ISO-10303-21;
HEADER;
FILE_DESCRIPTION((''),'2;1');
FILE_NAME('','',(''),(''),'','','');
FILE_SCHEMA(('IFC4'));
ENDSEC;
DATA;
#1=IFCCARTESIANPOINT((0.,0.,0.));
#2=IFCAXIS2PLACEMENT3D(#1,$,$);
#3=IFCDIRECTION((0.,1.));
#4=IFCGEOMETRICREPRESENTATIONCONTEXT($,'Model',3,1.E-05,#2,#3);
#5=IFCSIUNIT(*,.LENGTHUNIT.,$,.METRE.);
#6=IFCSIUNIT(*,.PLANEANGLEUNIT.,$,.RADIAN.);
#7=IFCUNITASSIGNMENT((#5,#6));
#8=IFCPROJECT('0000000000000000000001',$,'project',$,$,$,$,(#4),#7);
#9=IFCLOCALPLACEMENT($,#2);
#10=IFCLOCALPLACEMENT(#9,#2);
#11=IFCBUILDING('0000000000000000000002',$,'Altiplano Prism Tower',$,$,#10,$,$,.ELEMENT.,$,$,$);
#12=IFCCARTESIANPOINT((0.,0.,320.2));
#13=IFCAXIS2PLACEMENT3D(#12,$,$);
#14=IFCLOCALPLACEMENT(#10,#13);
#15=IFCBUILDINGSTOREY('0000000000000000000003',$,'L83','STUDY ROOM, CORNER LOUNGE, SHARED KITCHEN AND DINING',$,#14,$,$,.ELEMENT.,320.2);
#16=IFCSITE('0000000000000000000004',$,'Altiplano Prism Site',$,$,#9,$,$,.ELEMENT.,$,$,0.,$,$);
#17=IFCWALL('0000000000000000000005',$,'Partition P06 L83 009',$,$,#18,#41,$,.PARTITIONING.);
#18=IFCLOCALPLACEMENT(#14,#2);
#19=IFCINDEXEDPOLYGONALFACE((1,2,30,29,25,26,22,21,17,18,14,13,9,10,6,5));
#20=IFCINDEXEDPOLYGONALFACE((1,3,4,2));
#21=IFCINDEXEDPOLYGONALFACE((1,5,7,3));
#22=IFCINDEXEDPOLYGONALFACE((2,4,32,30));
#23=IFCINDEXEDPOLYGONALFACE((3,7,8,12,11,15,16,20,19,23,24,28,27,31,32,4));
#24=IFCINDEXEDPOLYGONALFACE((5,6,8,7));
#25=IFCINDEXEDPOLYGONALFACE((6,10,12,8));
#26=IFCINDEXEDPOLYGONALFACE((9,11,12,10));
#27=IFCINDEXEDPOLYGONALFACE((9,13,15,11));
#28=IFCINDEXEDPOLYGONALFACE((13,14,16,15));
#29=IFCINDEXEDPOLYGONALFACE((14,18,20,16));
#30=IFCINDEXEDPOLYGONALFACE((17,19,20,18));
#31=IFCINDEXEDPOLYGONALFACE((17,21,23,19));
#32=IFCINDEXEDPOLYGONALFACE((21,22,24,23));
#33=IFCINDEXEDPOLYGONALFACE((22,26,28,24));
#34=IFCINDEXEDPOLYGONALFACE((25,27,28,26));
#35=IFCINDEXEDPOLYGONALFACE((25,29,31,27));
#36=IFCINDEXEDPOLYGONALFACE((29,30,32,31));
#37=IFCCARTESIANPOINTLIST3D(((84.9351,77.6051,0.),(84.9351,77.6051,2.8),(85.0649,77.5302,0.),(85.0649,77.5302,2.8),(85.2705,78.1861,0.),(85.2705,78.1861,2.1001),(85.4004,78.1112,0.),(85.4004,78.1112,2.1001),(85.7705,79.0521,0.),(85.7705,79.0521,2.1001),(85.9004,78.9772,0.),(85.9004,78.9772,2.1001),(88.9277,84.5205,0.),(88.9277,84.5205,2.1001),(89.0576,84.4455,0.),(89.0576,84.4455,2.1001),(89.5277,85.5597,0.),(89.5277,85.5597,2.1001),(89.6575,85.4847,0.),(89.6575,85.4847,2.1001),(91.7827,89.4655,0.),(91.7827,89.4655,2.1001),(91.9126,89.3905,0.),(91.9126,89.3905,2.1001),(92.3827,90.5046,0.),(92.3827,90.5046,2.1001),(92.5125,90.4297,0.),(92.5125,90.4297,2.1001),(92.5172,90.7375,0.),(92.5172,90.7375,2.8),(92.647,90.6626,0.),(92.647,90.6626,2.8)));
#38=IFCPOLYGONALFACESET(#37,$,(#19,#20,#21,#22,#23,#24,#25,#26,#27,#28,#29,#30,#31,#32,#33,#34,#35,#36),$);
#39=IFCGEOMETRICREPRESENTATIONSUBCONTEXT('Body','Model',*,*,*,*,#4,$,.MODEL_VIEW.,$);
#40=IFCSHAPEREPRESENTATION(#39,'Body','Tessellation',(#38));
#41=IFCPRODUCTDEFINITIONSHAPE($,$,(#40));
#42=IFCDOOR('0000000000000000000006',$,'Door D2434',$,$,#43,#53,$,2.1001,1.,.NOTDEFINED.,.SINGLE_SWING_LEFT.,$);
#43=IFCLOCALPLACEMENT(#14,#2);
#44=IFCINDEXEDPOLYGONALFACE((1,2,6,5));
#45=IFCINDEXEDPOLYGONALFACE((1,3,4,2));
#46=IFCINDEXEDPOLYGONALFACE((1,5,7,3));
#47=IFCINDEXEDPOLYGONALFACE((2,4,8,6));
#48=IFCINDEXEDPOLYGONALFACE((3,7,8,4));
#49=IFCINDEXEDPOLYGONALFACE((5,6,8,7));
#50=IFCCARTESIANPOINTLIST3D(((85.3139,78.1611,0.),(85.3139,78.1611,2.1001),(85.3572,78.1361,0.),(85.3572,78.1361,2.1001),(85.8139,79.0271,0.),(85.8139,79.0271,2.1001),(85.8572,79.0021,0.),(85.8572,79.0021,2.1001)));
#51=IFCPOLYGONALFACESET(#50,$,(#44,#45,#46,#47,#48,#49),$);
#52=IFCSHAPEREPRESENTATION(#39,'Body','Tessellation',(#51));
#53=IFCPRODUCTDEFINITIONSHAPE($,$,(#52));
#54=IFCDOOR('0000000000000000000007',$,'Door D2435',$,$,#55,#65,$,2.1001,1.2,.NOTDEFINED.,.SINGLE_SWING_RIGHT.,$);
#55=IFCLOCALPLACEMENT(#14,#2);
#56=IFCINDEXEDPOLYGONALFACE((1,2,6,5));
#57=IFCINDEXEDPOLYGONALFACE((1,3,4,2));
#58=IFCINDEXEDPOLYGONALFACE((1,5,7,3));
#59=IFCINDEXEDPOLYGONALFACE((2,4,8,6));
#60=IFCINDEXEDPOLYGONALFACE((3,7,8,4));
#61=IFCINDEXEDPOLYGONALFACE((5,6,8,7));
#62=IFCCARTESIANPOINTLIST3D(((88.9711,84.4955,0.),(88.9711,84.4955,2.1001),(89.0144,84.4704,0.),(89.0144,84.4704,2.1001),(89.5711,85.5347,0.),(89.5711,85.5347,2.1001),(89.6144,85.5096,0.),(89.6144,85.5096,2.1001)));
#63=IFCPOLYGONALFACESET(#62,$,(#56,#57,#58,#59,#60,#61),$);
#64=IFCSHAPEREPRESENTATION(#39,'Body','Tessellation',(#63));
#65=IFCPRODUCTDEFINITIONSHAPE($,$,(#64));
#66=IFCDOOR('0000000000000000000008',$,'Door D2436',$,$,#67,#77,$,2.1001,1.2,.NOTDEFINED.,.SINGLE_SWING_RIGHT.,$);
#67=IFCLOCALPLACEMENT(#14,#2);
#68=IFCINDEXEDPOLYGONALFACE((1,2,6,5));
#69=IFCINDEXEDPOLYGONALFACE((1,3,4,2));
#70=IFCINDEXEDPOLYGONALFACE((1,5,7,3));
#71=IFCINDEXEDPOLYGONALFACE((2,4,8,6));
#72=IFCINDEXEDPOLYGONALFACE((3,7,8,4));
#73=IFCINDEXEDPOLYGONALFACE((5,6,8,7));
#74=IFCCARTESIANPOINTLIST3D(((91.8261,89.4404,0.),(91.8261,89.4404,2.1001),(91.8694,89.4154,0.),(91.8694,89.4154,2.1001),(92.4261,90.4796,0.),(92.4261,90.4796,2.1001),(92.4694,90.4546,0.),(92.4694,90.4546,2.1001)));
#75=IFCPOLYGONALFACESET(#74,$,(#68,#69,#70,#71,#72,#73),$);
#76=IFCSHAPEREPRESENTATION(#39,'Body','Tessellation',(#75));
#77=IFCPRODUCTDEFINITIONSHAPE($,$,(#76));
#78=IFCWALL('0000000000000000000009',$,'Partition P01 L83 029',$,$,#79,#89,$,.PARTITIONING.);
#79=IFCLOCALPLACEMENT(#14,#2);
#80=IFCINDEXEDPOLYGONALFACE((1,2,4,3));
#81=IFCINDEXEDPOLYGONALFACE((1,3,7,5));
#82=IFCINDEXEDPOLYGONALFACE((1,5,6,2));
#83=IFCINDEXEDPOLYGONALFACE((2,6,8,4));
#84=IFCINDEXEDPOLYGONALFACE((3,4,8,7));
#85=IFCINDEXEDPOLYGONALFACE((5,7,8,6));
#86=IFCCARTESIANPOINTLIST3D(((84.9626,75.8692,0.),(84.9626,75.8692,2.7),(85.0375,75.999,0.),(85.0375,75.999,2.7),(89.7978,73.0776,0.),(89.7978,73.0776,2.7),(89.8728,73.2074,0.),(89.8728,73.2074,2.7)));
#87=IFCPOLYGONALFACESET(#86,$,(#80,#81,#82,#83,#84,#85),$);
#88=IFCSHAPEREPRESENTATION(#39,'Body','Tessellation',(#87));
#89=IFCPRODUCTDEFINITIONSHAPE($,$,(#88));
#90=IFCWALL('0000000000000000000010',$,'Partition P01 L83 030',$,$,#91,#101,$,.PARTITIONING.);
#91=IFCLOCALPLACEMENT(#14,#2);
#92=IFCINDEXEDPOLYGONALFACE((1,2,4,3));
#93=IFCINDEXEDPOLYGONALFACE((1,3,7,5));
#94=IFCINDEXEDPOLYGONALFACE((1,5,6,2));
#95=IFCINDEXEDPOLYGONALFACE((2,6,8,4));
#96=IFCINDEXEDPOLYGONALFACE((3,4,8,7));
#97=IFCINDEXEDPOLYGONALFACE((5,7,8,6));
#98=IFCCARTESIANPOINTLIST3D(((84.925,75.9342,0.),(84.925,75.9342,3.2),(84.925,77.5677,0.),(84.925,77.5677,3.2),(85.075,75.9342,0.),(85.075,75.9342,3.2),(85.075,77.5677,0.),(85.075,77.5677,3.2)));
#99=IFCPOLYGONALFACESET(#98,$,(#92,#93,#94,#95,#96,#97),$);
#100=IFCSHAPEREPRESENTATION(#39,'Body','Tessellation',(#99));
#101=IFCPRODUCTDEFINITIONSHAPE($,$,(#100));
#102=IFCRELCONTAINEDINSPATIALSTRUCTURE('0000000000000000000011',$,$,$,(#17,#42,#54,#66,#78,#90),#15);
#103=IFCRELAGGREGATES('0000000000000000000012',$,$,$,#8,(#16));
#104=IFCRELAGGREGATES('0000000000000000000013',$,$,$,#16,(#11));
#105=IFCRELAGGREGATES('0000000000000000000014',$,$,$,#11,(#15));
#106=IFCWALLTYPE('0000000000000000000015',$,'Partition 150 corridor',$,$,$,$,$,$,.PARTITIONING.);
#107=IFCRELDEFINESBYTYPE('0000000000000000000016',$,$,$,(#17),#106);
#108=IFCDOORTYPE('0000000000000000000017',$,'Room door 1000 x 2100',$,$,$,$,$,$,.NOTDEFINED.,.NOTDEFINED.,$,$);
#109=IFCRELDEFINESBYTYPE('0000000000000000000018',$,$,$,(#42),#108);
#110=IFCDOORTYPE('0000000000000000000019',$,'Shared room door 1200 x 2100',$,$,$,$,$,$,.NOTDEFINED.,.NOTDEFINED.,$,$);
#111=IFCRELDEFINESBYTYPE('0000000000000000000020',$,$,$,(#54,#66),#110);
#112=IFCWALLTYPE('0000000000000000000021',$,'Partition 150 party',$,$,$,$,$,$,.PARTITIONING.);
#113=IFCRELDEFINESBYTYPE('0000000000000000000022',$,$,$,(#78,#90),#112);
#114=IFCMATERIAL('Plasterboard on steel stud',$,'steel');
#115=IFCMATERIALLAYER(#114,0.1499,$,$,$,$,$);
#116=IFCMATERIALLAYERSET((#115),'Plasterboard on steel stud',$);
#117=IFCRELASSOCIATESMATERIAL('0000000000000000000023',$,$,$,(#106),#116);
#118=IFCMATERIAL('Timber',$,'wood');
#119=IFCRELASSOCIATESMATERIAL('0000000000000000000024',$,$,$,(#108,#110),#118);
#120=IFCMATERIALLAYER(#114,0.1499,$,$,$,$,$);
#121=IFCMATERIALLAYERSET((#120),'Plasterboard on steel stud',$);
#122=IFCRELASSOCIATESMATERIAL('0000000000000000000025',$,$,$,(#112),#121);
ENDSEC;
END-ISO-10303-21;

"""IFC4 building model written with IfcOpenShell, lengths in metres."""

from ifc_helpers import new_model, si_unit, direction, frame, frame_2d, origin, place, context, subcontext, project, spatial, rectangle, extrude, material, layer, layer_set, type_object, element, fill, save


model = new_model("IFC4")

# Units and contexts
model_context = context("Model", 3, precision=1e-05, world=origin(), true_north=direction((0.0, 1.0)))
body_context = subcontext(model_context, "Body", "Model", "MODEL_VIEW")
ifc_project = project(units=[si_unit("LENGTHUNIT", "METRE"), si_unit("PLANEANGLEUNIT", "RADIAN")], contexts=[model_context])

# Site, building, storey
site_placement = place(None, origin())
site = spatial("IfcSite", under=ifc_project, at=site_placement, Name="Altiplano Prism Site", CompositionType="ELEMENT", RefElevation=0.0)
building_placement = place(site_placement, origin())
building = spatial("IfcBuilding", under=site, at=building_placement, Name="Altiplano Prism Tower", CompositionType="ELEMENT")
storey_placement = place(building_placement, frame((0.0, 0.0, 320.2)))
storey = spatial("IfcBuildingStorey", under=building, at=storey_placement, Name="L83", Description="STUDY ROOM, CORNER LOUNGE, SHARED KITCHEN AND DINING", CompositionType="ELEMENT", Elevation=320.2)

# Shared definitions
ifc_material_1 = material(Name="Plasterboard on steel stud", Category="steel")

# Shared definitions
ifc_layer_1 = layer(ifc_material_1, 0.1499)
ifc_layer_set_1 = layer_set([ifc_layer_1], Name="Plasterboard on steel stud")
wall_type_1 = type_object("IfcWallType", Name="Partition 150 corridor", PredefinedType="PARTITIONING", material=ifc_layer_set_1)
ifc_material_2 = material(Name="Timber", Category="wood")

# Wall, openings, doors
wall_1_placement = place(storey_placement, frame((85.0, 77.5676, 0.0), z_axis=(0.0, 0.0, 1.0), x_axis=(0.500004, 0.866023, 0.0)))
wall_1 = element("IfcWall", 1, at=wall_1_placement, inside=storey, type_object=wall_type_1, Name="Partition P06 L83 009", PredefinedType="PARTITIONING", context=body_context, shape_type="SweptSolid", body=[
    extrude(rectangle(XDim=15.1641, YDim=0.1499, at=frame_2d((7.582, 0.0))), origin(), (0.0, 0.0, 1.0), 2.8),
])
opening_1_placement = place(wall_1_placement, frame((0.6709, 0.0, 0.0)))
opening_1 = element("IfcOpeningElement", 2, at=opening_1_placement, cuts=wall_1, PredefinedType="OPENING", context=body_context, shape_type="SweptSolid", body=[
    extrude(rectangle(XDim=1.0, YDim=2.1001, at=frame_2d((0.5, 1.05))), frame((0.0, 0.0854, 0.0), z_axis=(0.0, -1.0, 0.0), x_axis=(1.0, 0.0, 0.0)), (0.0, 0.0, 1.0), 0.1709),
])
opening_2_placement = place(wall_1_placement, frame((7.9851, 0.0, 0.0)))
opening_2 = element("IfcOpeningElement", 3, at=opening_2_placement, cuts=wall_1, PredefinedType="OPENING", context=body_context, shape_type="SweptSolid", body=[
    extrude(rectangle(XDim=1.2, YDim=2.1001, at=frame_2d((0.6001, 1.05))), frame((0.0, 0.0854, 0.0), z_axis=(0.0, -1.0, 0.0), x_axis=(1.0, 0.0, 0.0)), (0.0, 0.0, 1.0), 0.1709),
])
opening_3_placement = place(wall_1_placement, frame((13.6951, 0.0, 0.0)))
opening_3 = element("IfcOpeningElement", 4, at=opening_3_placement, cuts=wall_1, PredefinedType="OPENING", context=body_context, shape_type="SweptSolid", body=[
    extrude(rectangle(XDim=1.2, YDim=2.1001, at=frame_2d((0.6001, 1.05))), frame((0.0, 0.0854, 0.0), z_axis=(0.0, -1.0, 0.0), x_axis=(1.0, 0.0, 0.0)), (0.0, 0.0, 1.0), 0.1709),
])
door_type_1 = type_object("IfcDoorType", Name="Room door 1000 x 2100", OperationType="NOTDEFINED", PredefinedType="NOTDEFINED", material=ifc_material_2)
door_1_placement = place(opening_1_placement, origin())
door_1 = element("IfcDoor", 5, at=door_1_placement, inside=storey, type_object=door_type_1, Name="Door D2434", OperationType="SINGLE_SWING_LEFT", OverallHeight=2.1001, OverallWidth=1.0, PredefinedType="NOTDEFINED", context=body_context, shape_type="SweptSolid", body=[
    extrude(rectangle(XDim=1.0, YDim=2.1001, at=frame_2d((0.5, 1.05))), frame((0.0, 0.0249, 0.0), z_axis=(0.0, -1.0, 0.0), x_axis=(1.0, 0.0, 0.0)), (0.0, 0.0, 1.0), 0.05),
])
fill(opening_1, door_1)
door_type_2 = type_object("IfcDoorType", Name="Shared room door 1200 x 2100", OperationType="NOTDEFINED", PredefinedType="NOTDEFINED", material=ifc_material_2)
door_2_placement = place(opening_2_placement, origin())
door_2 = element("IfcDoor", 6, at=door_2_placement, inside=storey, type_object=door_type_2, Name="Door D2435", OperationType="SINGLE_SWING_RIGHT", OverallHeight=2.1001, OverallWidth=1.2, PredefinedType="NOTDEFINED", context=body_context, shape_type="SweptSolid", body=[
    extrude(rectangle(XDim=1.2, YDim=2.1001, at=frame_2d((0.6001, 1.05))), frame((0.0, 0.0249, 0.0), z_axis=(0.0, -1.0, 0.0), x_axis=(1.0, 0.0, 0.0)), (0.0, 0.0, 1.0), 0.05),
])
fill(opening_2, door_2)
door_3_placement = place(opening_3_placement, origin())
door_3 = element("IfcDoor", 7, at=door_3_placement, inside=storey, type_object=door_type_2, Name="Door D2436", OperationType="SINGLE_SWING_RIGHT", OverallHeight=2.1001, OverallWidth=1.2, PredefinedType="NOTDEFINED", context=body_context, shape_type="SweptSolid", body=[
    extrude(rectangle(XDim=1.2, YDim=2.1001, at=frame_2d((0.6001, 1.05))), frame((0.0, 0.0249, 0.0), z_axis=(0.0, -1.0, 0.0), x_axis=(1.0, 0.0, 0.0)), (0.0, 0.0, 1.0), 0.05),
])
fill(opening_3, door_3)

# Walls
ifc_layer_2 = layer(ifc_material_1, 0.1499)
ifc_layer_set_2 = layer_set([ifc_layer_2], Name="Plasterboard on steel stud")
wall_type_2 = type_object("IfcWallType", Name="Partition 150 party", PredefinedType="PARTITIONING", material=ifc_layer_set_2)
wall_2_placement = place(storey_placement, frame((89.8352, 73.1426, 0.0), z_axis=(0.0, 0.0, 1.0), x_axis=(-0.866033, 0.499986, 0.0)))
element("IfcWall", 8, at=wall_2_placement, inside=storey, type_object=wall_type_2, Name="Partition P01 L83 029", PredefinedType="PARTITIONING", context=body_context, shape_type="SweptSolid", body=[
    extrude(rectangle(XDim=5.5833, YDim=0.1499, at=frame_2d((2.7915, 0.0))), origin(), (0.0, 0.0, 1.0), 2.7),
])
wall_3_placement = place(storey_placement, frame((85.0, 75.9341, 0.0), z_axis=(0.0, 0.0, 1.0), x_axis=(0.0, 1.0, 0.0)))
element("IfcWall", 9, at=wall_3_placement, inside=storey, type_object=wall_type_2, Name="Partition P01 L83 030", PredefinedType="PARTITIONING", context=body_context, shape_type="SweptSolid", body=[
    extrude(rectangle(XDim=1.6335, YDim=0.1499, at=frame_2d((0.8169, 0.0))), origin(), (0.0, 0.0, 1.0), 3.2),
])

save(model, "model.ifc")
